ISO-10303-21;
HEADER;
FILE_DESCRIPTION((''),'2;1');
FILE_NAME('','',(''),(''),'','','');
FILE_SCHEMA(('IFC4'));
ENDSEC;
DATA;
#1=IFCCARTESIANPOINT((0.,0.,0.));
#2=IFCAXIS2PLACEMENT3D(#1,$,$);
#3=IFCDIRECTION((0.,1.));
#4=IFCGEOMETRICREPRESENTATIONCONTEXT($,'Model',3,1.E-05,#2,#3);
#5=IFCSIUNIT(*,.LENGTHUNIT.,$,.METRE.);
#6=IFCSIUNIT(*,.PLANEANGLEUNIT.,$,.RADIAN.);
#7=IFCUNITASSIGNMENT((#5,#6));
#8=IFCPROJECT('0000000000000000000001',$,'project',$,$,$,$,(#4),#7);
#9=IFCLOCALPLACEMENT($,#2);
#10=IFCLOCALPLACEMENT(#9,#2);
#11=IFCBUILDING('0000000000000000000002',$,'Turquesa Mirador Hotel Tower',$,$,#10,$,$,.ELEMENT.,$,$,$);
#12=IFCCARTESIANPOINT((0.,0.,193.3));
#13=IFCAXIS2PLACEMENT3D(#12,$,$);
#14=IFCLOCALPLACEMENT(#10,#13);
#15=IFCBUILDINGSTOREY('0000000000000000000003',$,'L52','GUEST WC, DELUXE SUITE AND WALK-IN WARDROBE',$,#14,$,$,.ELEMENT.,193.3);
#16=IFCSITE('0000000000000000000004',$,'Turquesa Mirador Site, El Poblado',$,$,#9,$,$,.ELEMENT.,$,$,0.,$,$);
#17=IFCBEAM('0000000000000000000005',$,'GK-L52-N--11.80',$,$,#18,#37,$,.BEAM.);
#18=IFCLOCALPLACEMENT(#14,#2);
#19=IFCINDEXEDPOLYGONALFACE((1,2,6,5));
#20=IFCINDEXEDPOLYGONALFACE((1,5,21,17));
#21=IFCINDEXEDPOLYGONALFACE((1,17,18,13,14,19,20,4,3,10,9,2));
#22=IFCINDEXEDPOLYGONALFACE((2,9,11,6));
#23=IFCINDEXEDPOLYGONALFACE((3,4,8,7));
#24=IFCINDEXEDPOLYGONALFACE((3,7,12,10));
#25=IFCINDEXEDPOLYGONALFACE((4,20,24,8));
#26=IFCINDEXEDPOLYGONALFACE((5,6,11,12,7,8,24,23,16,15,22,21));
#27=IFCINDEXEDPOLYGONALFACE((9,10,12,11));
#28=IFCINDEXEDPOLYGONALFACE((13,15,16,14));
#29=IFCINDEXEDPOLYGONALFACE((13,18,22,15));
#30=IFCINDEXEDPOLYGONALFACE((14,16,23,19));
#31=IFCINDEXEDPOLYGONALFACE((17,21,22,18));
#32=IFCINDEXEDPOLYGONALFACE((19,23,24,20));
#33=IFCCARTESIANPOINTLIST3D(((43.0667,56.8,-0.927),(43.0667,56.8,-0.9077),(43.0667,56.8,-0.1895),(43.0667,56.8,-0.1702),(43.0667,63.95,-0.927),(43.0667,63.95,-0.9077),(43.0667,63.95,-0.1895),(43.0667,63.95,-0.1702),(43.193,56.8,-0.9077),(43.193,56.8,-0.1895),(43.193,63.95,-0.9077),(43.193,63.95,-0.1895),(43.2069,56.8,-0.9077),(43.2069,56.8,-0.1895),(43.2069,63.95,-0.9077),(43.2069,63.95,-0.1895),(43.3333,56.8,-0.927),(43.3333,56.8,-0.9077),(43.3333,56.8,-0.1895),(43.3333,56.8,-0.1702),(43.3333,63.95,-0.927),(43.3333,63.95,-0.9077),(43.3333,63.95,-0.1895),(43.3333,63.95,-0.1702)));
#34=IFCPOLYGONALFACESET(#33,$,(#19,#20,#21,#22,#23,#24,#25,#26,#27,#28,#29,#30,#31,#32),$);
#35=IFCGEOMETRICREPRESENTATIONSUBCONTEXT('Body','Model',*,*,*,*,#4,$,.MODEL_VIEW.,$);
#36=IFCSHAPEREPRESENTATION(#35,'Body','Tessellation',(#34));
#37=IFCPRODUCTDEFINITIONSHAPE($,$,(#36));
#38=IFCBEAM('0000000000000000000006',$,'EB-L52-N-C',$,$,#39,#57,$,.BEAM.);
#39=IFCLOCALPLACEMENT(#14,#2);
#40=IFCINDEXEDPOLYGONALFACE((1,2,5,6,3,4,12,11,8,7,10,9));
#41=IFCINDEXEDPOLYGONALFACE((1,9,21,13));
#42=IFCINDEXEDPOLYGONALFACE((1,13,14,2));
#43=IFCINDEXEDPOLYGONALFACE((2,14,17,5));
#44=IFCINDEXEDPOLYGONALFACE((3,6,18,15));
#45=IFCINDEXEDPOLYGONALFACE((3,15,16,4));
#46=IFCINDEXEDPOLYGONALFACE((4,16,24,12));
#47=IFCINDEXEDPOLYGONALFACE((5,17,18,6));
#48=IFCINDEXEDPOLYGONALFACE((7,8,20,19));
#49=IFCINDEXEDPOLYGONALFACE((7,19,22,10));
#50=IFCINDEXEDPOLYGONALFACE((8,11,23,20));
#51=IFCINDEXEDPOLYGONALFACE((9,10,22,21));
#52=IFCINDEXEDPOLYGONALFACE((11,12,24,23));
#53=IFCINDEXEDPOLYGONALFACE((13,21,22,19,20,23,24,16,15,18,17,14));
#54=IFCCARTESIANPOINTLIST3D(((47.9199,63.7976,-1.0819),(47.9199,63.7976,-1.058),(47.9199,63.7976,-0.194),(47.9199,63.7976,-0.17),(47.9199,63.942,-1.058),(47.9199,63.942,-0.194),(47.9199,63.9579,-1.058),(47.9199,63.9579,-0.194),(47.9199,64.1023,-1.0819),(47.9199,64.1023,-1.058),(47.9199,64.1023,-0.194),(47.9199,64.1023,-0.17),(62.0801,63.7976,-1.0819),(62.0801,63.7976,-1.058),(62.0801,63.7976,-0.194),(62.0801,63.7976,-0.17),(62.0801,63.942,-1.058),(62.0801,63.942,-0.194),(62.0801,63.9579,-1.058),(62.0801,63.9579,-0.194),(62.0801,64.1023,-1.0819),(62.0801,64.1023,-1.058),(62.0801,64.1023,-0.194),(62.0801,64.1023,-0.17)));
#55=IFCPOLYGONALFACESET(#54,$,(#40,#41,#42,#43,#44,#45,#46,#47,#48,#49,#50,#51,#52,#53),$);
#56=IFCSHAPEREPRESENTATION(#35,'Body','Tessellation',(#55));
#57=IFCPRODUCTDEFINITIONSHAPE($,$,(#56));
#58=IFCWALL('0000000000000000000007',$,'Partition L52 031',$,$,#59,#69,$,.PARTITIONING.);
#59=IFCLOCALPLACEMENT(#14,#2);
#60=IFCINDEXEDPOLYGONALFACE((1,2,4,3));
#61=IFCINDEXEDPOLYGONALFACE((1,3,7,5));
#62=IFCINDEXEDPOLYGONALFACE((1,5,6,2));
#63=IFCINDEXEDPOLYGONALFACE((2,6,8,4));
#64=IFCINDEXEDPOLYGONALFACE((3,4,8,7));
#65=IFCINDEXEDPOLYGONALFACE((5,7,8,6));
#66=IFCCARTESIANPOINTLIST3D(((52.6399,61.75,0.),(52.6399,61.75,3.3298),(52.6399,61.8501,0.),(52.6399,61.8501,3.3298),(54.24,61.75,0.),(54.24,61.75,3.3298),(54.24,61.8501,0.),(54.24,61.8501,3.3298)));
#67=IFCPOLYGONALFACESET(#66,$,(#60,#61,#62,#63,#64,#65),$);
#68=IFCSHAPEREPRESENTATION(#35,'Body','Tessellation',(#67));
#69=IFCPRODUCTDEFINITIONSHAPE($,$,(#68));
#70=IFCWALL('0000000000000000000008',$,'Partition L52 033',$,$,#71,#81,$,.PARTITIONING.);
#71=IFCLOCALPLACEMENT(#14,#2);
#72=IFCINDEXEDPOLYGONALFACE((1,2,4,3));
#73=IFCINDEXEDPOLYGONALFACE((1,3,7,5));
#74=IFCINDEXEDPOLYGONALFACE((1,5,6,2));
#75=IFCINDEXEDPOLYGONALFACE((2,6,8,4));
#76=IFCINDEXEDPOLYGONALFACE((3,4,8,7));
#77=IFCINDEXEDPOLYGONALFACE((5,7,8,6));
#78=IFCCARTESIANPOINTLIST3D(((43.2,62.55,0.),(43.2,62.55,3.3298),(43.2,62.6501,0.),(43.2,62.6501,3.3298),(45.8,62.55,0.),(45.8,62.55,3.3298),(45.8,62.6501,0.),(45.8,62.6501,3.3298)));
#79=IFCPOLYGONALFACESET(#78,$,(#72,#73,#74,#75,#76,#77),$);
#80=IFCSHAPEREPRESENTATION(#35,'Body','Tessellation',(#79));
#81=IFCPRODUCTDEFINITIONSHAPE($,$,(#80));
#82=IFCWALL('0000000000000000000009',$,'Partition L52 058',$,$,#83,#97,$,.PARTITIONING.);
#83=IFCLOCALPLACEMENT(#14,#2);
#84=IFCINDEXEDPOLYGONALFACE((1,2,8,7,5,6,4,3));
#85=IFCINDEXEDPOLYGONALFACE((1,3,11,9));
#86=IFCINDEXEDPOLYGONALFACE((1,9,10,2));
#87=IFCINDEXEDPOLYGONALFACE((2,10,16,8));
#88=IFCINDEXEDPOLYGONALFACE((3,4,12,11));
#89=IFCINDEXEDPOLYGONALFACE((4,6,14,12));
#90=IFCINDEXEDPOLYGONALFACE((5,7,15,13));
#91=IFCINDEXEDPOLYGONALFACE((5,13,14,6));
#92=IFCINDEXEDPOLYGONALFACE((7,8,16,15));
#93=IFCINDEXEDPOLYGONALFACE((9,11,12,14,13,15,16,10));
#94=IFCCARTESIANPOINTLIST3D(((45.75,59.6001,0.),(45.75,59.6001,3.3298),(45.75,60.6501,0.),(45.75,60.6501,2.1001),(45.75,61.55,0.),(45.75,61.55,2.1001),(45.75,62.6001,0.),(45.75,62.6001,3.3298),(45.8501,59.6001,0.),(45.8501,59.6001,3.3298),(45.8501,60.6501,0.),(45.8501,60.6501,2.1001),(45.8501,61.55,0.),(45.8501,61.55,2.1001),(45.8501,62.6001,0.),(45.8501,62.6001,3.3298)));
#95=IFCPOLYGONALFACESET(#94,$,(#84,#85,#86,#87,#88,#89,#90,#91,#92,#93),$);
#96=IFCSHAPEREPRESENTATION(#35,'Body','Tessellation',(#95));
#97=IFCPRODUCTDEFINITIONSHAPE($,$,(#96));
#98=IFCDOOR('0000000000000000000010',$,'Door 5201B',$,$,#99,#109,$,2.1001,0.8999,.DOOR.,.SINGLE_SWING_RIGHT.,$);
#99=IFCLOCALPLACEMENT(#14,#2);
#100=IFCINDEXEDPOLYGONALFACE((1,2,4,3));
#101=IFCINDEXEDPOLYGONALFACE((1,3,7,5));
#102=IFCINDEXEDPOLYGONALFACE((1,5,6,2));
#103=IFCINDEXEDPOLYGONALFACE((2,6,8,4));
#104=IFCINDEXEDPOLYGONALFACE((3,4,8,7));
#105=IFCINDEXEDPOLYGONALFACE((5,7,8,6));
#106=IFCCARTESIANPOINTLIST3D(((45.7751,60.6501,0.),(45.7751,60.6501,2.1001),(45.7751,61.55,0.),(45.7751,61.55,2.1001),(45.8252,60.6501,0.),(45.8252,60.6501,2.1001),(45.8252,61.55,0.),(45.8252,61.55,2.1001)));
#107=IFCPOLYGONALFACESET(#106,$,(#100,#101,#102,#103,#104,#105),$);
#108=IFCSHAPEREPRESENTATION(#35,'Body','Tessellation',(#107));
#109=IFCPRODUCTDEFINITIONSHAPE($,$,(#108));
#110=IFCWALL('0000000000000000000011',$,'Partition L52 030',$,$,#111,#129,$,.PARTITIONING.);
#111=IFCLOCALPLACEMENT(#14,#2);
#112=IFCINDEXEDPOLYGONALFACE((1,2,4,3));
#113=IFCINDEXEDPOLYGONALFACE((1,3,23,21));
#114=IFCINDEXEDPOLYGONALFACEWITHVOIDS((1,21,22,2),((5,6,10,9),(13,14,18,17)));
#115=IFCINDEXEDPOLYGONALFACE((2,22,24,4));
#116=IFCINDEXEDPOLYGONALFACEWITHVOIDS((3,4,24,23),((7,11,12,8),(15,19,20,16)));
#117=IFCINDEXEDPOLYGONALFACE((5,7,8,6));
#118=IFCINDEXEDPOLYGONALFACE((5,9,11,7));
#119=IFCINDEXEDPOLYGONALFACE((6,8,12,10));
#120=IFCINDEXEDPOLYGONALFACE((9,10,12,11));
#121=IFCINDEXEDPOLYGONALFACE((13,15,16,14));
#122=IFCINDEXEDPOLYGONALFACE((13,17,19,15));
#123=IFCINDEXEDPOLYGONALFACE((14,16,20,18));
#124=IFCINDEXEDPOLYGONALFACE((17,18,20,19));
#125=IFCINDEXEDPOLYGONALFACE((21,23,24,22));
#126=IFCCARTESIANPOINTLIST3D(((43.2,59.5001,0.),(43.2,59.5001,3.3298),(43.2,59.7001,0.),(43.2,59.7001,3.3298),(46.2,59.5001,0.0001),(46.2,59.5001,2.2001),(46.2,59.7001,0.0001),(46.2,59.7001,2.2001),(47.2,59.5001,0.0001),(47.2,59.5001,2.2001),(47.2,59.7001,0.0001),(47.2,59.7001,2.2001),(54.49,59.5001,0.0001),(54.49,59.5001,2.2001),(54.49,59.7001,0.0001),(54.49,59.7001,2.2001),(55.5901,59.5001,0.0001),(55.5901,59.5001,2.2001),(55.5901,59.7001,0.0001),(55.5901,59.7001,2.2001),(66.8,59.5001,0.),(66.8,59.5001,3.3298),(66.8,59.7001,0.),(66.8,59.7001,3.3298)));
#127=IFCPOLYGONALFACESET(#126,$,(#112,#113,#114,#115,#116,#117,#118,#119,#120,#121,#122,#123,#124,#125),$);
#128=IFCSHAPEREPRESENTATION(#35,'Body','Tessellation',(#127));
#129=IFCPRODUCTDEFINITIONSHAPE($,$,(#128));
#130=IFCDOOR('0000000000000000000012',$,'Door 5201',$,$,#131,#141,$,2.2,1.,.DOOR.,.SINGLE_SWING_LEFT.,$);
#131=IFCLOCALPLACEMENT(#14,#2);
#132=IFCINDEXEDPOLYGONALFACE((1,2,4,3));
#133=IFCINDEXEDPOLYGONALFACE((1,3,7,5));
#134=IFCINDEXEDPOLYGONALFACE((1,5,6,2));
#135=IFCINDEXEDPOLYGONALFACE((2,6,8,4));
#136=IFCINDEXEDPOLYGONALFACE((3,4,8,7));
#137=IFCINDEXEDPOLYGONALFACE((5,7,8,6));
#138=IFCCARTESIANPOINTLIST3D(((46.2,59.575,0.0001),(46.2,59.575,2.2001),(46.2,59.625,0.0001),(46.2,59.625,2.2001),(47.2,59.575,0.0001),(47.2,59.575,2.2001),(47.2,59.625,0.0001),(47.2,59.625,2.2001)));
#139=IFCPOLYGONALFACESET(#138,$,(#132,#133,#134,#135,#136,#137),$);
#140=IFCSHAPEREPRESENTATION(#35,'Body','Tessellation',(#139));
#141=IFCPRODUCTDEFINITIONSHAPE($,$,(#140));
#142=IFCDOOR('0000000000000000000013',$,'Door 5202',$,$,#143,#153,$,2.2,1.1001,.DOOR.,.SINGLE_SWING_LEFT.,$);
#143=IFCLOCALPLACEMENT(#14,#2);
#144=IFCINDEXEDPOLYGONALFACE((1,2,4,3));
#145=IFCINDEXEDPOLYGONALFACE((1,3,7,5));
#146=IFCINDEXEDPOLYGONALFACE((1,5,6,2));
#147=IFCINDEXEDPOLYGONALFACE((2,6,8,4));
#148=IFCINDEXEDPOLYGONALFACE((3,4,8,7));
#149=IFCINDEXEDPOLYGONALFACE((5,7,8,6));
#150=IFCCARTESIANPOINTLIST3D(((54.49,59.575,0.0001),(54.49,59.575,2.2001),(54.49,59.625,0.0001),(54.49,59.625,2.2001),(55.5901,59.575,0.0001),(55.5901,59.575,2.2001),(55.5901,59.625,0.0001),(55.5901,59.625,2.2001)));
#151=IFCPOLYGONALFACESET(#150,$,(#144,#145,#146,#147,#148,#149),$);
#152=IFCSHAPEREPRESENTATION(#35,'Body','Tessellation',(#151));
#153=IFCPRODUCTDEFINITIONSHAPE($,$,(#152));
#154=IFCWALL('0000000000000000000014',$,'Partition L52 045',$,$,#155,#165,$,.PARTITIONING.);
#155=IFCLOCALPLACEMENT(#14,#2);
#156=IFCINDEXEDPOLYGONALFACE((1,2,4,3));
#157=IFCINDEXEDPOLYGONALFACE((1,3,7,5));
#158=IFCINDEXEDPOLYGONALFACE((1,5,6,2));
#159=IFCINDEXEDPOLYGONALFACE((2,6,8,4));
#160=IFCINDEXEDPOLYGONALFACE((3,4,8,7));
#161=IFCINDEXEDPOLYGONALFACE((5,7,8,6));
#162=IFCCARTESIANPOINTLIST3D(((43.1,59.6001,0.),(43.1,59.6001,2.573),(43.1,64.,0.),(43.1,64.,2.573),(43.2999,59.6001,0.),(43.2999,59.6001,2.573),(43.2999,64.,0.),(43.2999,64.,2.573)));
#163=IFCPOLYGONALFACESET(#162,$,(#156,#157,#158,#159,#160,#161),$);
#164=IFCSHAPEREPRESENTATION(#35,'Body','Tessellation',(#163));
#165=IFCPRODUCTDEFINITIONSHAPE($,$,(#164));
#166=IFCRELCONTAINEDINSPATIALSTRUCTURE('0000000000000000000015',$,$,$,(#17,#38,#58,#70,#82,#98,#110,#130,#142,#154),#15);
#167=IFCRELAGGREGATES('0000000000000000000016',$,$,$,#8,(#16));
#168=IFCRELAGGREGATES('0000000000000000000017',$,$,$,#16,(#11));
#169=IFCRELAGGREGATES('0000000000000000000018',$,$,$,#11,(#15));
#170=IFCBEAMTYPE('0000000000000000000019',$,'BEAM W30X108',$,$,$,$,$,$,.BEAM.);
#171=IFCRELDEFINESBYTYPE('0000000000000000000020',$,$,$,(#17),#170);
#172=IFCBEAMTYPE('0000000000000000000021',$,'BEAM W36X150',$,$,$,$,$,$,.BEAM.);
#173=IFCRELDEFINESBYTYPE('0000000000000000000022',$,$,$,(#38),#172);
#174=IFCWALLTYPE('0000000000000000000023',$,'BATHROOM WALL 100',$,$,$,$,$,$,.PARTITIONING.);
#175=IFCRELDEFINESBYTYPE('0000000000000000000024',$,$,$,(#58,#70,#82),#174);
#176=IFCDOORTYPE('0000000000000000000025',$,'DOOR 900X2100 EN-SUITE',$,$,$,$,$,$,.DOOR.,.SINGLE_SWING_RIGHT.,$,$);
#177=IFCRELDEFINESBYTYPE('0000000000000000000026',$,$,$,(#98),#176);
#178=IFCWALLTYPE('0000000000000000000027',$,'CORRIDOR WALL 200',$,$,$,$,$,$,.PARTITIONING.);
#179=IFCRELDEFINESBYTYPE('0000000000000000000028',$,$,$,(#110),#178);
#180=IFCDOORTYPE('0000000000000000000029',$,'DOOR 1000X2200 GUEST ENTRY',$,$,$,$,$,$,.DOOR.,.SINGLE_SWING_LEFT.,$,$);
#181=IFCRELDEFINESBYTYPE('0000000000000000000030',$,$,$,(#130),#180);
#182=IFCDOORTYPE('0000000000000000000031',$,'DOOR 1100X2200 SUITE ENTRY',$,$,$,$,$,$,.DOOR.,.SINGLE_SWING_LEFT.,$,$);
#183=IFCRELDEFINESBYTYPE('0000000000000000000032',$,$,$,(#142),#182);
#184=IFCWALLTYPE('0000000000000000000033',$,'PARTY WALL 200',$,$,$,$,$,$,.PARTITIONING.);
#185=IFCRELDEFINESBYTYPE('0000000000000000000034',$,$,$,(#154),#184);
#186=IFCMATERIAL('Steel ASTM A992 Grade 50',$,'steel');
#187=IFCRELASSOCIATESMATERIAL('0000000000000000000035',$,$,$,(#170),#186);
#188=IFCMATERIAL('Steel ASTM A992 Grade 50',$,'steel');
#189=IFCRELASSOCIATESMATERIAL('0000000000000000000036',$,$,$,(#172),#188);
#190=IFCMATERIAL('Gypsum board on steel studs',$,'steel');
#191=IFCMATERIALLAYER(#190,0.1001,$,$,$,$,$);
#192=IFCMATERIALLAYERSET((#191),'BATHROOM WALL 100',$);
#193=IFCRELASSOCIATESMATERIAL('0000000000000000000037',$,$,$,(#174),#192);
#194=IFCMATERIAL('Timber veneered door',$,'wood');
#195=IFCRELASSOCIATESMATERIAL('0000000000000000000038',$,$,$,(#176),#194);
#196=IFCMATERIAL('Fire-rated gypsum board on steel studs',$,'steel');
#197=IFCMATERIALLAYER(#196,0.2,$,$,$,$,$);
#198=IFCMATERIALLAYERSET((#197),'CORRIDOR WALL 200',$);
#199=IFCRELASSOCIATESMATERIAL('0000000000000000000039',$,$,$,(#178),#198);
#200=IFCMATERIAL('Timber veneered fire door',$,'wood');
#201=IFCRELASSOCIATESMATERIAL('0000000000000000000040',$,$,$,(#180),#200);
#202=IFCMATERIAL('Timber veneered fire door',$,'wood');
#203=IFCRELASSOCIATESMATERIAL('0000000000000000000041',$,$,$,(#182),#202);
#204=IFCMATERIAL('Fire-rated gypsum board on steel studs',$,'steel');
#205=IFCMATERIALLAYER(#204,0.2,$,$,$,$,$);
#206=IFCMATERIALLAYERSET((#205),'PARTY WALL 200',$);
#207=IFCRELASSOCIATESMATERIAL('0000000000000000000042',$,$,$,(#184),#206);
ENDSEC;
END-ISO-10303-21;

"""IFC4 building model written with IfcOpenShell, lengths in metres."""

from ifc_helpers import new_model, si_unit, direction, frame, frame_2d, origin, origin_2d, place, context, subcontext, project, spatial, rectangle, i_section, extrude, material, layer, layer_set, material_profile, profile_set, type_object, element, fill, save


model = new_model("IFC4")

# Units and contexts
model_context = context("Model", 3, precision=1e-05, world=origin(), true_north=direction((0.0, 1.0)))
body_context = subcontext(model_context, "Body", "Model", "MODEL_VIEW")
ifc_project = project(units=[si_unit("LENGTHUNIT", "METRE"), si_unit("PLANEANGLEUNIT", "RADIAN")], contexts=[model_context])

# Site, building, storey
site_placement = place(None, origin())
site = spatial("IfcSite", under=ifc_project, at=site_placement, Name="Turquesa Mirador Site, El Poblado", CompositionType="ELEMENT", RefElevation=0.0)
building_placement = place(site_placement, origin())
building = spatial("IfcBuilding", under=site, at=building_placement, Name="Turquesa Mirador Hotel Tower", CompositionType="ELEMENT")
storey_placement = place(building_placement, frame((0.0, 0.0, 193.3)))
storey = spatial("IfcBuildingStorey", under=building, at=storey_placement, Name="L52", Description="GUEST WC, DELUXE SUITE AND WALK-IN WARDROBE", CompositionType="ELEMENT", Elevation=193.3)

# Beams
ifc_material_1 = material(Name="Steel ASTM A992 Grade 50", Category="steel")
ifc_material_profile_1 = material_profile(ifc_material_1, i_section(OverallWidth=0.2666, OverallDepth=0.7568, WebThickness=0.0139, FlangeThickness=0.0193, at=origin_2d()), Name="W30X108")
ifc_profile_set_1 = profile_set([ifc_material_profile_1], Name="Steel ASTM A992 Grade 50")
beam_type_1 = type_object("IfcBeamType", Name="BEAM W30X108", PredefinedType="BEAM", material=ifc_profile_set_1)
beam_1_placement = place(storey_placement, frame((43.2, 63.95, -0.5486), z_axis=(0.0, -1.0, 0.0), x_axis=(1.0, 0.0, 0.0)))
element("IfcBeam", 1, at=beam_1_placement, inside=storey, type_object=beam_type_1, Name="GK-L52-N--11.80", PredefinedType="BEAM", context=body_context, shape_type="SweptSolid", body=[
    extrude(i_section(OverallWidth=0.2666, OverallDepth=0.7568, WebThickness=0.0139, FlangeThickness=0.0193, at=origin_2d()), origin(), (0.0, 0.0, 1.0), 7.1499),
])
ifc_material_2 = material(Name="Steel ASTM A992 Grade 50", Category="steel")
ifc_material_profile_2 = material_profile(ifc_material_2, i_section(OverallWidth=0.3047, OverallDepth=0.9119, WebThickness=0.0159, FlangeThickness=0.0239, at=origin_2d()), Name="W36X150")
ifc_profile_set_2 = profile_set([ifc_material_profile_2], Name="Steel ASTM A992 Grade 50")
beam_type_2 = type_object("IfcBeamType", Name="BEAM W36X150", PredefinedType="BEAM", material=ifc_profile_set_2)
beam_2_placement = place(storey_placement, frame((47.9199, 63.95, -0.626), z_axis=(1.0, 0.0, 0.0), x_axis=(0.0, 1.0, 0.0)))
element("IfcBeam", 2, at=beam_2_placement, inside=storey, type_object=beam_type_2, Name="EB-L52-N-C", PredefinedType="BEAM", context=body_context, shape_type="SweptSolid", body=[
    extrude(i_section(OverallWidth=0.3047, OverallDepth=0.9119, WebThickness=0.0159, FlangeThickness=0.0239, at=origin_2d()), origin(), (0.0, 0.0, 1.0), 14.1602),
])

# Walls
ifc_material_3 = material(Name="Gypsum board on steel studs", Category="steel")
ifc_layer_1 = layer(ifc_material_3, 0.1001)
ifc_layer_set_1 = layer_set([ifc_layer_1], Name="BATHROOM WALL 100")
wall_type_1 = type_object("IfcWallType", Name="BATHROOM WALL 100", PredefinedType="PARTITIONING", material=ifc_layer_set_1)
wall_1_placement = place(storey_placement, frame((52.6399, 61.8, 0.0), z_axis=(0.0, 0.0, 1.0), x_axis=(1.0, 0.0, 0.0)))
element("IfcWall", 3, at=wall_1_placement, inside=storey, type_object=wall_type_1, Name="Partition L52 031", PredefinedType="PARTITIONING", context=body_context, shape_type="SweptSolid", body=[
    extrude(rectangle(XDim=1.6001, YDim=0.1001, at=frame_2d((0.8, 0.0))), origin(), (0.0, 0.0, 1.0), 3.3298),
])
wall_2_placement = place(storey_placement, frame((43.2, 62.6001, 0.0), z_axis=(0.0, 0.0, 1.0), x_axis=(1.0, 0.0, 0.0)))
element("IfcWall", 4, at=wall_2_placement, inside=storey, type_object=wall_type_1, Name="Partition L52 033", PredefinedType="PARTITIONING", context=body_context, shape_type="SweptSolid", body=[
    extrude(rectangle(XDim=2.6001, YDim=0.1001, at=frame_2d((1.3, 0.0))), origin(), (0.0, 0.0, 1.0), 3.3298),
])

# Wall, opening, door
wall_3_placement = place(storey_placement, frame((45.8, 59.6001, 0.0), z_axis=(0.0, 0.0, 1.0), x_axis=(0.0, 1.0, 0.0)))
wall_3 = element("IfcWall", 5, at=wall_3_placement, inside=storey, type_object=wall_type_1, Name="Partition L52 058", PredefinedType="PARTITIONING", context=body_context, shape_type="SweptSolid", body=[
    extrude(rectangle(XDim=3.0, YDim=0.1001, at=frame_2d((1.5, 0.0))), origin(), (0.0, 0.0, 1.0), 3.3298),
])
opening_1_placement = place(wall_3_placement, frame((1.05, 0.0, 0.0)))
opening_1 = element("IfcOpeningElement", 6, at=opening_1_placement, cuts=wall_3, PredefinedType="OPENING", context=body_context, shape_type="SweptSolid", body=[
    extrude(rectangle(XDim=0.8999, YDim=2.1001, at=frame_2d((0.45, 1.05))), frame((0.0, 0.0601, 0.0), z_axis=(0.0, -1.0, 0.0), x_axis=(1.0, 0.0, 0.0)), (0.0, 0.0, 1.0), 0.1201),
])
ifc_material_4 = material(Name="Timber veneered door", Category="wood")
door_type_1 = type_object("IfcDoorType", Name="DOOR 900X2100 EN-SUITE", OperationType="SINGLE_SWING_RIGHT", PredefinedType="DOOR", material=ifc_material_4)
door_1_placement = place(opening_1_placement, origin())
door_1 = element("IfcDoor", 7, at=door_1_placement, inside=storey, type_object=door_type_1, Name="Door 5201B", OperationType="SINGLE_SWING_RIGHT", OverallHeight=2.1001, OverallWidth=0.8999, PredefinedType="DOOR", context=body_context, shape_type="SweptSolid", body=[
    extrude(rectangle(XDim=0.8999, YDim=2.1001, at=frame_2d((0.45, 1.05))), frame((0.0, 0.0249, 0.0), z_axis=(0.0, -1.0, 0.0), x_axis=(1.0, 0.0, 0.0)), (0.0, 0.0, 1.0), 0.05),
])
fill(opening_1, door_1)

# Wall, openings, doors
ifc_material_5 = material(Name="Fire-rated gypsum board on steel studs", Category="steel")
ifc_layer_2 = layer(ifc_material_5, 0.2)
ifc_layer_set_2 = layer_set([ifc_layer_2], Name="CORRIDOR WALL 200")
wall_type_2 = type_object("IfcWallType", Name="CORRIDOR WALL 200", PredefinedType="PARTITIONING", material=ifc_layer_set_2)
wall_4_placement = place(storey_placement, frame((43.2, 59.6001, 0.0), z_axis=(0.0, 0.0, 1.0), x_axis=(1.0, 0.0, 0.0)))
wall_4 = element("IfcWall", 8, at=wall_4_placement, inside=storey, type_object=wall_type_2, Name="Partition L52 030", PredefinedType="PARTITIONING", context=body_context, shape_type="SweptSolid", body=[
    extrude(rectangle(XDim=23.6001, YDim=0.2, at=frame_2d((11.8, 0.0))), origin(), (0.0, 0.0, 1.0), 3.3298),
])
opening_2_placement = place(wall_4_placement, frame((3.0, 0.0, 0.0)))
opening_2 = element("IfcOpeningElement", 9, at=opening_2_placement, cuts=wall_4, PredefinedType="OPENING", context=body_context, shape_type="SweptSolid", body=[
    extrude(rectangle(XDim=1.0, YDim=2.2, at=frame_2d((0.5, 1.1001))), frame((0.0, 0.1099, 0.0), z_axis=(0.0, -1.0, 0.0), x_axis=(1.0, 0.0, 0.0)), (0.0, 0.0, 1.0), 0.22),
])
opening_3_placement = place(wall_4_placement, frame((11.29, 0.0, 0.0)))
opening_3 = element("IfcOpeningElement", 10, at=opening_3_placement, cuts=wall_4, PredefinedType="OPENING", context=body_context, shape_type="SweptSolid", body=[
    extrude(rectangle(XDim=1.1001, YDim=2.2, at=frame_2d((0.55, 1.1001))), frame((0.0, 0.1099, 0.0), z_axis=(0.0, -1.0, 0.0), x_axis=(1.0, 0.0, 0.0)), (0.0, 0.0, 1.0), 0.22),
])
ifc_material_6 = material(Name="Timber veneered fire door", Category="wood")
door_type_2 = type_object("IfcDoorType", Name="DOOR 1000X2200 GUEST ENTRY", OperationType="SINGLE_SWING_LEFT", PredefinedType="DOOR", material=ifc_material_6)
door_2_placement = place(opening_2_placement, origin())
door_2 = element("IfcDoor", 11, at=door_2_placement, inside=storey, type_object=door_type_2, Name="Door 5201", OperationType="SINGLE_SWING_LEFT", OverallHeight=2.2, OverallWidth=1.0, PredefinedType="DOOR", context=body_context, shape_type="SweptSolid", body=[
    extrude(rectangle(XDim=1.0, YDim=2.2, at=frame_2d((0.5, 1.1001))), frame((0.0, 0.0249, 0.0), z_axis=(0.0, -1.0, 0.0), x_axis=(1.0, 0.0, 0.0)), (0.0, 0.0, 1.0), 0.05),
])
fill(opening_2, door_2)
ifc_material_7 = material(Name="Timber veneered fire door", Category="wood")
door_type_3 = type_object("IfcDoorType", Name="DOOR 1100X2200 SUITE ENTRY", OperationType="SINGLE_SWING_LEFT", PredefinedType="DOOR", material=ifc_material_7)
door_3_placement = place(opening_3_placement, origin())
door_3 = element("IfcDoor", 12, at=door_3_placement, inside=storey, type_object=door_type_3, Name="Door 5202", OperationType="SINGLE_SWING_LEFT", OverallHeight=2.2, OverallWidth=1.1001, PredefinedType="DOOR", context=body_context, shape_type="SweptSolid", body=[
    extrude(rectangle(XDim=1.1001, YDim=2.2, at=frame_2d((0.55, 1.1001))), frame((0.0, 0.0249, 0.0), z_axis=(0.0, -1.0, 0.0), x_axis=(1.0, 0.0, 0.0)), (0.0, 0.0, 1.0), 0.05),
])
fill(opening_3, door_3)

# Wall
ifc_material_8 = material(Name="Fire-rated gypsum board on steel studs", Category="steel")
ifc_layer_3 = layer(ifc_material_8, 0.2)
ifc_layer_set_3 = layer_set([ifc_layer_3], Name="PARTY WALL 200")
wall_type_3 = type_object("IfcWallType", Name="PARTY WALL 200", PredefinedType="PARTITIONING", material=ifc_layer_set_3)
wall_5_placement = place(storey_placement, frame((43.2, 59.6001, 0.0), z_axis=(0.0, 0.0, 1.0), x_axis=(0.0, 1.0, 0.0)))
element("IfcWall", 13, at=wall_5_placement, inside=storey, type_object=wall_type_3, Name="Partition L52 045", PredefinedType="PARTITIONING", context=body_context, shape_type="SweptSolid", body=[
    extrude(rectangle(XDim=4.3999, YDim=0.2, at=frame_2d((2.2, 0.0))), origin(), (0.0, 0.0, 1.0), 2.573),
])

save(model, "model.ifc")
